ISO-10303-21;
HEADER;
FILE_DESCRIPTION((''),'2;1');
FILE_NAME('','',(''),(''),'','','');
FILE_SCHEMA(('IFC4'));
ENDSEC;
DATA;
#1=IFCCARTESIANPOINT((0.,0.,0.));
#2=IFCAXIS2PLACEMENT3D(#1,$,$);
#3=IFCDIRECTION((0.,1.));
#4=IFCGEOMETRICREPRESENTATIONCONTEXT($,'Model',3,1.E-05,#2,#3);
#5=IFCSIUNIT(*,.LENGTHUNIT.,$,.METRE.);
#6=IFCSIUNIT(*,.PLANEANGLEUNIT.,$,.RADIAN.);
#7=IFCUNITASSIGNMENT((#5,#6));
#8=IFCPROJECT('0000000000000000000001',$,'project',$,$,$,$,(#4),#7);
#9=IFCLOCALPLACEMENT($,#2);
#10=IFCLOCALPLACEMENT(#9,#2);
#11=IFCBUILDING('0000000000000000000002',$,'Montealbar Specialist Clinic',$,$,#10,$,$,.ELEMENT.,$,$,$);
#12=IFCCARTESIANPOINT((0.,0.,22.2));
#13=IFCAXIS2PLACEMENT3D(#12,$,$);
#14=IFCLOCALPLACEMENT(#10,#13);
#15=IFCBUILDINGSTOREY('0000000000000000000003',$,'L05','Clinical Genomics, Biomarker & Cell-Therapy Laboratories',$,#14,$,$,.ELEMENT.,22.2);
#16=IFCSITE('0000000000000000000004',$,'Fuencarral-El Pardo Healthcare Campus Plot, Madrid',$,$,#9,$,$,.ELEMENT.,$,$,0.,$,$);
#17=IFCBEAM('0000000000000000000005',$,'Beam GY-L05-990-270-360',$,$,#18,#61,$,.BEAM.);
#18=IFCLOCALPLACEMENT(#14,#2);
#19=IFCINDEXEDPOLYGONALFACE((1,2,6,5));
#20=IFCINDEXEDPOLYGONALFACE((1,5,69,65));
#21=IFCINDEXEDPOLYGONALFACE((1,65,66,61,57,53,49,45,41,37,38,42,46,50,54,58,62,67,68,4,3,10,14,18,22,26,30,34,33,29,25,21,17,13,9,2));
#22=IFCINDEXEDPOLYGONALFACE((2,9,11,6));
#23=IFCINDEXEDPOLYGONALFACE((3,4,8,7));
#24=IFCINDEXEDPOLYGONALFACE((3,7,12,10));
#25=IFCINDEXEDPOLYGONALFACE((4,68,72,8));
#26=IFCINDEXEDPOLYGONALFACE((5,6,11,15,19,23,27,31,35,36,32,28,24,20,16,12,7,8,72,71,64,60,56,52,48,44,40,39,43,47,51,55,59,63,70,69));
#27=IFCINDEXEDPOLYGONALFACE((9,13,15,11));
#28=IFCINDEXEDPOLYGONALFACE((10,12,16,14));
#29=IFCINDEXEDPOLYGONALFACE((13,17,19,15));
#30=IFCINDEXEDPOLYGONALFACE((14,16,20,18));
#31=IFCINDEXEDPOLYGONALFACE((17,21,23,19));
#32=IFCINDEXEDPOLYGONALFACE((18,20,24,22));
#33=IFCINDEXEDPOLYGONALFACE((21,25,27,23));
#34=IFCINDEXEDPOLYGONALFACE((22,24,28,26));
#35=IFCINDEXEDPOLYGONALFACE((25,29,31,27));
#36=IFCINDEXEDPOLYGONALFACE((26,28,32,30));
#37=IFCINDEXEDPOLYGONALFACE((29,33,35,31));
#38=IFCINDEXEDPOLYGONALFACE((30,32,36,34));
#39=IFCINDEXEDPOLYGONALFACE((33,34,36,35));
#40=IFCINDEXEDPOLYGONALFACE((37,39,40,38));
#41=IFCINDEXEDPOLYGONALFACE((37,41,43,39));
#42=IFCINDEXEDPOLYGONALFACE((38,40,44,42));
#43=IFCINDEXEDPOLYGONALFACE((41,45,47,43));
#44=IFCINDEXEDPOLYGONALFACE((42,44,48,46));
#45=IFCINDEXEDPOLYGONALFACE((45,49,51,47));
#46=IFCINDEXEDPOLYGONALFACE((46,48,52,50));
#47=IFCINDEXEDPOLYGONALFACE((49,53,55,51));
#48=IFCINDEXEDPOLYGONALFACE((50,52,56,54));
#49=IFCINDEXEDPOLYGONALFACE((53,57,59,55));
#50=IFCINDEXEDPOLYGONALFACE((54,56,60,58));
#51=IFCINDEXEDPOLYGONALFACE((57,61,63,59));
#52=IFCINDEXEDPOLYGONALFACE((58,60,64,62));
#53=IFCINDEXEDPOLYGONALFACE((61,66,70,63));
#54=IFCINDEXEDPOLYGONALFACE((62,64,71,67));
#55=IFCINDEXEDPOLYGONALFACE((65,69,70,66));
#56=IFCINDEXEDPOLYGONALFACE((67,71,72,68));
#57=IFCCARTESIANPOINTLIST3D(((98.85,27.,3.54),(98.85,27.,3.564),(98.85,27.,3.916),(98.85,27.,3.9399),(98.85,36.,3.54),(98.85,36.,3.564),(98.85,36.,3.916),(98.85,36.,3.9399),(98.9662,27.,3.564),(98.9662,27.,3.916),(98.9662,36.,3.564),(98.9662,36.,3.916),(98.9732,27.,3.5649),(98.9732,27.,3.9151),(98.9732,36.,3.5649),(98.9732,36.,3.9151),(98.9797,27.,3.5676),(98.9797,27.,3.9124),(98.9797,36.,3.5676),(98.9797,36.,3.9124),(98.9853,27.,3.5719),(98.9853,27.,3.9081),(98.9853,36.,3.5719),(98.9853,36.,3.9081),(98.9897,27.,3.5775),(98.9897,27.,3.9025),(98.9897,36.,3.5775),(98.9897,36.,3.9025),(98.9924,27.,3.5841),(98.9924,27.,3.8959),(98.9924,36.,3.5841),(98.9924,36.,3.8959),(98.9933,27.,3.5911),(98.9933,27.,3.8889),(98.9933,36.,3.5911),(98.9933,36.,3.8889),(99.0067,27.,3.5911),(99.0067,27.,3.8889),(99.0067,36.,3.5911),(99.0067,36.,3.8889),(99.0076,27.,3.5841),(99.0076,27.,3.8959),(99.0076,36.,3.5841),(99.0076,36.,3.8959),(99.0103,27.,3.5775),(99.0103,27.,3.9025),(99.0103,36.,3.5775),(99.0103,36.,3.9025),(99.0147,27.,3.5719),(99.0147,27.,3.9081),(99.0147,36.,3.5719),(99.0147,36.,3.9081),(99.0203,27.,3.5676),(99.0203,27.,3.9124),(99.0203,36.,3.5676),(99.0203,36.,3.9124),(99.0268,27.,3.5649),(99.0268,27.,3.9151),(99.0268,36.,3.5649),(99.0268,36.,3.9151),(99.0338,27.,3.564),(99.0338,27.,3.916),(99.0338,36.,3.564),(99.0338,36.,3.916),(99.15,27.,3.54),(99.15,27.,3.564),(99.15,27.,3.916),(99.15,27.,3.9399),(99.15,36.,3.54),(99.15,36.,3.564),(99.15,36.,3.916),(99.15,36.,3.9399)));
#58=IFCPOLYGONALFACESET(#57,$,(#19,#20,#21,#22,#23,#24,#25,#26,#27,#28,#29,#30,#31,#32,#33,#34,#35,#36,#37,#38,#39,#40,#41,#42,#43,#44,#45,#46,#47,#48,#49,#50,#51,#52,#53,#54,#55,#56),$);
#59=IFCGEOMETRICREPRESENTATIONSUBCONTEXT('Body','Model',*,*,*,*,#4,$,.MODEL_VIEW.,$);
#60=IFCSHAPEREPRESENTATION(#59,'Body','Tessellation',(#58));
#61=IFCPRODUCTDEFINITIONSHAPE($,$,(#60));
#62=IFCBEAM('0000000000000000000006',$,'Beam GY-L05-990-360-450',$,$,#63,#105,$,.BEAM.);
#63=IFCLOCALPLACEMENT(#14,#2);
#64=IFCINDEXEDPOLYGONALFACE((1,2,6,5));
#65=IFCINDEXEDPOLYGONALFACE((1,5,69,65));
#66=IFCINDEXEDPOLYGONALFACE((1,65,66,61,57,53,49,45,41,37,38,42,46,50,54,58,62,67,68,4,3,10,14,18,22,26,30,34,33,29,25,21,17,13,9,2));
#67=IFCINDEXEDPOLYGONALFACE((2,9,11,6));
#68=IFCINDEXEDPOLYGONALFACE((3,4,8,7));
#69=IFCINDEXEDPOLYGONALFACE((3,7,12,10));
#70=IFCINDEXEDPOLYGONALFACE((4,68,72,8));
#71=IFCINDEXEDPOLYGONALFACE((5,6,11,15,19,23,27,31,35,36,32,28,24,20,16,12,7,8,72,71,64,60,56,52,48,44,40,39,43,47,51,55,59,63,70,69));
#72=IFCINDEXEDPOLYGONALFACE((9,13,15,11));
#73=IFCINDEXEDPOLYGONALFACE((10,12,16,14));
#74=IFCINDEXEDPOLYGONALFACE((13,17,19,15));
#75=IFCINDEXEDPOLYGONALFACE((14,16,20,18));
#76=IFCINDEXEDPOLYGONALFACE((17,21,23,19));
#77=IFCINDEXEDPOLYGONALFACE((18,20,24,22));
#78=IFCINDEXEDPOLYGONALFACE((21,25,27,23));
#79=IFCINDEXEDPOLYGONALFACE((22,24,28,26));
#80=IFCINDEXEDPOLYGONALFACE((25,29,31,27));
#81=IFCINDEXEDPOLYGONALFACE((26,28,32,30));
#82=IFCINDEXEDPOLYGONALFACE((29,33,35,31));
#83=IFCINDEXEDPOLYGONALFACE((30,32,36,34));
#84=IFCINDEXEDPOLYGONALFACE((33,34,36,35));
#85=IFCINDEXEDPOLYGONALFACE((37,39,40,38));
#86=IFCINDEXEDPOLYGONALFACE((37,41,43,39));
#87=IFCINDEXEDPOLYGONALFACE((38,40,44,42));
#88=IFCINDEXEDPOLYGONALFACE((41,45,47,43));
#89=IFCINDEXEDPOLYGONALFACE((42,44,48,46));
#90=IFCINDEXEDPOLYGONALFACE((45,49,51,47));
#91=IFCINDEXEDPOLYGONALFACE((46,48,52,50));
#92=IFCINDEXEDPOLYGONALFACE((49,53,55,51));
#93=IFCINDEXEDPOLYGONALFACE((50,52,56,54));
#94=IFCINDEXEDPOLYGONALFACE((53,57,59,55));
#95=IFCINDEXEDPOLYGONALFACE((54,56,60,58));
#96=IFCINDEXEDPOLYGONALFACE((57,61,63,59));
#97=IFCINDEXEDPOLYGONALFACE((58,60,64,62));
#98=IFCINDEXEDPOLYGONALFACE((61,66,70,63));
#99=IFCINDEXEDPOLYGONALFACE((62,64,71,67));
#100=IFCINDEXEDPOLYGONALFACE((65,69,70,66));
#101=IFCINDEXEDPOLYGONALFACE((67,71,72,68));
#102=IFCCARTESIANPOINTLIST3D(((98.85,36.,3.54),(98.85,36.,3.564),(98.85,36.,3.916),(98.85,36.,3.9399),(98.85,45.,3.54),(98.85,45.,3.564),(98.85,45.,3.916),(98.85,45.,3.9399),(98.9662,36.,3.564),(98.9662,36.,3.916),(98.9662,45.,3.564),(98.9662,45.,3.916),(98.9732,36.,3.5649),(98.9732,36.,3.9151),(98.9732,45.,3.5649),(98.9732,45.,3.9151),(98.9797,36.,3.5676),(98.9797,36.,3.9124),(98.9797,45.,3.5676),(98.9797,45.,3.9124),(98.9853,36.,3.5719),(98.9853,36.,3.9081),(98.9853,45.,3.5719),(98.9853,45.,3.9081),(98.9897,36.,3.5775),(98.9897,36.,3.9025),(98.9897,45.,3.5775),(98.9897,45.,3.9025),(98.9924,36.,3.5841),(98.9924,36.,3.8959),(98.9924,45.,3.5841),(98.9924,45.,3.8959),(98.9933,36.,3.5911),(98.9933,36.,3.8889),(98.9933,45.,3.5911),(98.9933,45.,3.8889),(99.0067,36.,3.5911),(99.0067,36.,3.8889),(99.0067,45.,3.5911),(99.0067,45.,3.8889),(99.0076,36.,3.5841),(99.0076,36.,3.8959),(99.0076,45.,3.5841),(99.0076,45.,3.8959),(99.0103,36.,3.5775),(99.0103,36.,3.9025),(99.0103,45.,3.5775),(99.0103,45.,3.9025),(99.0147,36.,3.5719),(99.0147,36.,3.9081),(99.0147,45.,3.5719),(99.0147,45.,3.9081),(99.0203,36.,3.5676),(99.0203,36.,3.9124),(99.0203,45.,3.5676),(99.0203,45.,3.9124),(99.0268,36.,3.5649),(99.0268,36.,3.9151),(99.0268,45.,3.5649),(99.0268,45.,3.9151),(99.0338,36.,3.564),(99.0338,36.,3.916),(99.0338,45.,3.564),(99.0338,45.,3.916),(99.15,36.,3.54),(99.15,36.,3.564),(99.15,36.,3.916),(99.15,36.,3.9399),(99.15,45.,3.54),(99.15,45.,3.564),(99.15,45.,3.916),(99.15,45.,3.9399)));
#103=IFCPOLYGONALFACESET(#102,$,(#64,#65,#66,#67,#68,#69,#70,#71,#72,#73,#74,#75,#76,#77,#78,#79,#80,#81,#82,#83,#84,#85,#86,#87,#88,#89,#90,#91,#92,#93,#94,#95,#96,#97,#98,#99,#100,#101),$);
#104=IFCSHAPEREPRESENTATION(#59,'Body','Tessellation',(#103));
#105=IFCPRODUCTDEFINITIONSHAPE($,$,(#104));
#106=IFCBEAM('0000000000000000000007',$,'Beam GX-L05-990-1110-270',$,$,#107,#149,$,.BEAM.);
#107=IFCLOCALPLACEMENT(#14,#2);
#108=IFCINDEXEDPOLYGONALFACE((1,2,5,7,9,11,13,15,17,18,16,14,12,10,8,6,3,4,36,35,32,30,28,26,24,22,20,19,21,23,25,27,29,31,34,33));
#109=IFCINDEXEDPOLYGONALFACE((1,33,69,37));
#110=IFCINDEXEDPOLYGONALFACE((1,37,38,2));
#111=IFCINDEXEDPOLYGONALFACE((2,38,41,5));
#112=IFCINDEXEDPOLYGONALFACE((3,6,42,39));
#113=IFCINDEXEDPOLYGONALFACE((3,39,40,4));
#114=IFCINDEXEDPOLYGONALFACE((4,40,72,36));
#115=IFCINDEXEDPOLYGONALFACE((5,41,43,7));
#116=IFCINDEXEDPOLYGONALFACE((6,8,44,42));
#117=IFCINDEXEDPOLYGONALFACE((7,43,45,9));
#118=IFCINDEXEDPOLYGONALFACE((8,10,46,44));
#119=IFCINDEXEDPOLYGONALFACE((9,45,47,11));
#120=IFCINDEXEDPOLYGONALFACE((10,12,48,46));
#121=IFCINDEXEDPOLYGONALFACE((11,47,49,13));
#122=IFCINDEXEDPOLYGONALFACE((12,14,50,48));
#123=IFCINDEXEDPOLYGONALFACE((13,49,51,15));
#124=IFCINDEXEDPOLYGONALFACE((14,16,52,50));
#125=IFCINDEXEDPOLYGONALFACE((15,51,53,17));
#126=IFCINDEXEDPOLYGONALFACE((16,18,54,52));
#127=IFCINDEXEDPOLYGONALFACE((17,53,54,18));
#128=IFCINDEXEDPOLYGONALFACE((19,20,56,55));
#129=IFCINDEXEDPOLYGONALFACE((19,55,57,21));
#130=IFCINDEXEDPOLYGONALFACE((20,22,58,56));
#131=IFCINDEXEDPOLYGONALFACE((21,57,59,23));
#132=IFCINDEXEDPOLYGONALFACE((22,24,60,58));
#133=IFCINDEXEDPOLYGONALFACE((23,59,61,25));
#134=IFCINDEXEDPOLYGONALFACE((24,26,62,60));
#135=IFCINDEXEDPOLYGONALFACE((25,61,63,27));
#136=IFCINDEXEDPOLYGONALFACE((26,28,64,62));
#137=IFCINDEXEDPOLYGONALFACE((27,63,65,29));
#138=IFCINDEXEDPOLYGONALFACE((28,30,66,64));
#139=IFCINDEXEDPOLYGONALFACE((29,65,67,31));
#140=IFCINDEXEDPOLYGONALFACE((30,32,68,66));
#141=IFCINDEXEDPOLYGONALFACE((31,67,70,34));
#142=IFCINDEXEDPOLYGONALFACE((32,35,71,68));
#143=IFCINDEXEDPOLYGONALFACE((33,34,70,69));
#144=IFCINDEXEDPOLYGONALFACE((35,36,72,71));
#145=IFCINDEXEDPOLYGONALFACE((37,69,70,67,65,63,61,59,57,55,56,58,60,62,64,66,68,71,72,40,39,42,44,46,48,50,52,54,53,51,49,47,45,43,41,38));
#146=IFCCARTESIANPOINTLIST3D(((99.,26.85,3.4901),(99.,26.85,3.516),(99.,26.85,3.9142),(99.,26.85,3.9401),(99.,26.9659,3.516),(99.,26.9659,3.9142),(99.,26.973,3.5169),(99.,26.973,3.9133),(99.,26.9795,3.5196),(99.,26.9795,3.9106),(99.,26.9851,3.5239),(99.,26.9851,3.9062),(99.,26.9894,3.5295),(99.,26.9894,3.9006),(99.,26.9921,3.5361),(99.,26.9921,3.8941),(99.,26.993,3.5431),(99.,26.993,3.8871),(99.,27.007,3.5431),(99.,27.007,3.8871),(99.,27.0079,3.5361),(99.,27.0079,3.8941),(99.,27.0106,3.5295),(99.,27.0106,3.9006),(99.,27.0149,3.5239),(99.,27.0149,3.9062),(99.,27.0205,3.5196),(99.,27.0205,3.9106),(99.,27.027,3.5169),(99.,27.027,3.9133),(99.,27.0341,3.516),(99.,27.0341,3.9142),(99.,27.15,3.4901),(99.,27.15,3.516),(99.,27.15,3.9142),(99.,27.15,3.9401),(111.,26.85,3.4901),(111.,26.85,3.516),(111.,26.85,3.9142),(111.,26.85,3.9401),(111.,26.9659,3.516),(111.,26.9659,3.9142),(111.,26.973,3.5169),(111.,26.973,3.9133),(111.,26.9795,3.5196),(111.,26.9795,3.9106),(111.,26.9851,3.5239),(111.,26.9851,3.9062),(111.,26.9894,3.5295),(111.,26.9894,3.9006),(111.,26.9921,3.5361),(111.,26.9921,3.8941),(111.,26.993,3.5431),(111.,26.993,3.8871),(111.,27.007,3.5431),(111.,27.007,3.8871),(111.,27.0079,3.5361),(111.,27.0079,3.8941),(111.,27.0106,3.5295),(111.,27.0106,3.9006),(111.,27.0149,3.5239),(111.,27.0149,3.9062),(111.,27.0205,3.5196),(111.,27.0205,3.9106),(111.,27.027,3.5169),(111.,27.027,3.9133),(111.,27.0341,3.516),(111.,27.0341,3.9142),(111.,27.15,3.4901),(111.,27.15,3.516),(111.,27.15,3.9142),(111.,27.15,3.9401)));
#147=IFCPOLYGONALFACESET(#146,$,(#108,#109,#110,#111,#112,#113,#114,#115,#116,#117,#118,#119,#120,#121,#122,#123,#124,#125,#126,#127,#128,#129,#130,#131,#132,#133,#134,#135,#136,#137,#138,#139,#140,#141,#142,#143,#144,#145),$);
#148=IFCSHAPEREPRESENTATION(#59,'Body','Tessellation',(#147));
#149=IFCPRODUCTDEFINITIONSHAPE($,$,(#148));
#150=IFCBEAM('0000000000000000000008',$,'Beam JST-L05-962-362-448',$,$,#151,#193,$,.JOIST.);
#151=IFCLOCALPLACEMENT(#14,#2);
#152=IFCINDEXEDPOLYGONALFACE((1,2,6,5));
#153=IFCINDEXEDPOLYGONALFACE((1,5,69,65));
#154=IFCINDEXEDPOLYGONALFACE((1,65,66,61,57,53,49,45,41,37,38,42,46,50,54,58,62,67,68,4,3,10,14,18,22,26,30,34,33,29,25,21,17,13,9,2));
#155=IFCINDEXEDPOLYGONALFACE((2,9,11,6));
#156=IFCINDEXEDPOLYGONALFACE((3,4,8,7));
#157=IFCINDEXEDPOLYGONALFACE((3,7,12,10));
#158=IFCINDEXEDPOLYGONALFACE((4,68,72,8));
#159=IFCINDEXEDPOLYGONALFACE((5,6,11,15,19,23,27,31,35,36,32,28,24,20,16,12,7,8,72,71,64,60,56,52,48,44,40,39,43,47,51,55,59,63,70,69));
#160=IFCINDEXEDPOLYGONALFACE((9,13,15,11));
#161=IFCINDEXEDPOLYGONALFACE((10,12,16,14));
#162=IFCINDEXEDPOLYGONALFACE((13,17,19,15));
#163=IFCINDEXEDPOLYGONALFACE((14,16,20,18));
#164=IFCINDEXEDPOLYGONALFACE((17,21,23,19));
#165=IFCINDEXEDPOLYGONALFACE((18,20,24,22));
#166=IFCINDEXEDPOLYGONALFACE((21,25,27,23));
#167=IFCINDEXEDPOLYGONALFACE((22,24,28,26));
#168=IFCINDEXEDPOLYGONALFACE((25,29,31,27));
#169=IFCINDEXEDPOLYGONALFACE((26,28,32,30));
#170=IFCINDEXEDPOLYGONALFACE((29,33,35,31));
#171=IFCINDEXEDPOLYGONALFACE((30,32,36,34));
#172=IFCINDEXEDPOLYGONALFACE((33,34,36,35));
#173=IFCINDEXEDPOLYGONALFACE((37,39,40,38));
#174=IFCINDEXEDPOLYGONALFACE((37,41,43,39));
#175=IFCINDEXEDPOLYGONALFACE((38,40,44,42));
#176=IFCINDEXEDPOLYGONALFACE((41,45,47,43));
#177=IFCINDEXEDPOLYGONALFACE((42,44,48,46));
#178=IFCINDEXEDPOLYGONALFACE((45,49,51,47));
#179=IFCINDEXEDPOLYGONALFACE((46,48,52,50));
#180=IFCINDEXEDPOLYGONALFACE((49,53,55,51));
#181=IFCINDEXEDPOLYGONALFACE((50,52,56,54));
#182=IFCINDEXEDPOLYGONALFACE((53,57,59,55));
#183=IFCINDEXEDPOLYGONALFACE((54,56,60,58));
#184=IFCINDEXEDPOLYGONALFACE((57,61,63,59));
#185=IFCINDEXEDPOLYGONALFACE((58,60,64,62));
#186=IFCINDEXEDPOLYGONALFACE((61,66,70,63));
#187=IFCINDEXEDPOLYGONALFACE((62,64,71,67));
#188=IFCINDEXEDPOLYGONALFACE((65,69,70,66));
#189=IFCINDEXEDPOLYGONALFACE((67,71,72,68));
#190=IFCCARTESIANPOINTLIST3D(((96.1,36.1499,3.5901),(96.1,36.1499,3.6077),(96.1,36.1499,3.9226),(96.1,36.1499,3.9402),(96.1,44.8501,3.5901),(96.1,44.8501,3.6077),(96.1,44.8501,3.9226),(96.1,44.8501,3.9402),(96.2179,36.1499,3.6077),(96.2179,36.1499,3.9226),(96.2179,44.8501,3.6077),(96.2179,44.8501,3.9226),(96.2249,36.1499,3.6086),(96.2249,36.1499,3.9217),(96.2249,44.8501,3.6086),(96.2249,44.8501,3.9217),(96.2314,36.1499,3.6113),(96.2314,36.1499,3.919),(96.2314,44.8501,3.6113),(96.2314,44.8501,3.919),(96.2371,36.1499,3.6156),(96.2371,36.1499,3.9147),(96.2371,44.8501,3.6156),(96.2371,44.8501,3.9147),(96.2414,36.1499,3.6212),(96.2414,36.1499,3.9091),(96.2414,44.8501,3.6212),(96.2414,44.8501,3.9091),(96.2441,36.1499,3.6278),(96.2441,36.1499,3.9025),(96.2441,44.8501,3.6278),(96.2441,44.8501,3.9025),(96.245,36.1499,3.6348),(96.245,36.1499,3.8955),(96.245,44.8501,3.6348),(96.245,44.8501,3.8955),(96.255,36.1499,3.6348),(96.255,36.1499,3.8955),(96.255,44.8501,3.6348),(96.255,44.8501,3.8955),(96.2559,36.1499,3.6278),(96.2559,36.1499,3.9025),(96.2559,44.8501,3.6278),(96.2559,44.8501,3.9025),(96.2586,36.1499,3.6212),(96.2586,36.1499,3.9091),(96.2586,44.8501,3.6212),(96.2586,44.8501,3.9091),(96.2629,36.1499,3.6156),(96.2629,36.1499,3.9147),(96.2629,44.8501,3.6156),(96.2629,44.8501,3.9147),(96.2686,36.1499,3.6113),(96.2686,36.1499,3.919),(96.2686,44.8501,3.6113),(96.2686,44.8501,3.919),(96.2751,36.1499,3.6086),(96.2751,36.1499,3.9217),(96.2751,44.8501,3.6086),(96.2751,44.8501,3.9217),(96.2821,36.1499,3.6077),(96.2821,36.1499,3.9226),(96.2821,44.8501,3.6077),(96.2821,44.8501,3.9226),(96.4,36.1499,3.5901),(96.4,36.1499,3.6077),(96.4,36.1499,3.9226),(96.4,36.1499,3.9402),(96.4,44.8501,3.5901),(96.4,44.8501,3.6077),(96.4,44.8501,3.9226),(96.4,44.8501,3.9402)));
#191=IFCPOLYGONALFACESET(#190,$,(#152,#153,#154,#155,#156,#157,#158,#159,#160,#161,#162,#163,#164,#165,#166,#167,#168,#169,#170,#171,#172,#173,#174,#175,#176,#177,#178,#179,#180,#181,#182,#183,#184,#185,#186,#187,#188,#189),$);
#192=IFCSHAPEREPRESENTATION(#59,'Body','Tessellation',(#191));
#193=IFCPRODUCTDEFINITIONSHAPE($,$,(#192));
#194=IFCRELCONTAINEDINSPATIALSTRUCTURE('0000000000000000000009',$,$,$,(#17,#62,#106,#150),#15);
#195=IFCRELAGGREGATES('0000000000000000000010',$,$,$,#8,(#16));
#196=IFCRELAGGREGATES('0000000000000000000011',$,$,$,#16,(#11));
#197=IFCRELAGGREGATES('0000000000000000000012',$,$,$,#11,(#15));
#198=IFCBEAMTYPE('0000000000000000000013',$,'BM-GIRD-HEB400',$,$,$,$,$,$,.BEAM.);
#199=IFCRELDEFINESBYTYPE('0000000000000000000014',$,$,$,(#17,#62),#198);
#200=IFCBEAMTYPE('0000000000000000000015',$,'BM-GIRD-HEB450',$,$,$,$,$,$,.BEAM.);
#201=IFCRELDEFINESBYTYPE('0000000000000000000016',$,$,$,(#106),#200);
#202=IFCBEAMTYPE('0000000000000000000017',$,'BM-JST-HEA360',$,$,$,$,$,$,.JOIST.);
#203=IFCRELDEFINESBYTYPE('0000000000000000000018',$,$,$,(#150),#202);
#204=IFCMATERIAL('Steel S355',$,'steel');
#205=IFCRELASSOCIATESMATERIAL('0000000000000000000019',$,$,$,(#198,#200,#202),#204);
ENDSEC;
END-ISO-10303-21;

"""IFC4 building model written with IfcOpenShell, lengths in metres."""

from ifc_helpers import new_model, si_unit, direction, frame, origin, origin_2d, place, context, subcontext, project, spatial, i_section, extrude, material, material_profile, profile_set, type_object, element, save


model = new_model("IFC4")

# Units and contexts
model_context = context("Model", 3, precision=1e-05, world=origin(), true_north=direction((0.0, 1.0)))
body_context = subcontext(model_context, "Body", "Model", "MODEL_VIEW")
ifc_project = project(units=[si_unit("LENGTHUNIT", "METRE"), si_unit("PLANEANGLEUNIT", "RADIAN")], contexts=[model_context])

# Site, building, storey
site_placement = place(None, origin())
site = spatial("IfcSite", under=ifc_project, at=site_placement, Name="Fuencarral-El Pardo Healthcare Campus Plot, Madrid", CompositionType="ELEMENT", RefElevation=0.0)
building_placement = place(site_placement, origin())
building = spatial("IfcBuilding", under=site, at=building_placement, Name="Montealbar Specialist Clinic", CompositionType="ELEMENT")
storey_placement = place(building_placement, frame((0.0, 0.0, 22.2)))
storey = spatial("IfcBuildingStorey", under=building, at=storey_placement, Name="L05", Description="Clinical Genomics, Biomarker & Cell-Therapy Laboratories", CompositionType="ELEMENT", Elevation=22.2)

# Shared definitions
ifc_material_1 = material(Name="Steel S355", Category="steel")

# Beams
ifc_material_profile_1 = material_profile(ifc_material_1, i_section(OverallWidth=0.3, OverallDepth=0.3999, WebThickness=0.0134, FlangeThickness=0.0239, FilletRadius=0.0271, at=origin_2d()), Name="HEB 400", Category="steel")
ifc_profile_set_1 = profile_set([ifc_material_profile_1], Name="Steel S355")
beam_type_1 = type_object("IfcBeamType", Name="BM-GIRD-HEB400", PredefinedType="BEAM", material=ifc_profile_set_1)
for number, where, z_axis, x_axis, name in (
    (1, (99.0, 27.0, 3.74), (0.0, 1.0, 0.0), (-1.0, 0.0, 0.0), "Beam GY-L05-990-270-360"),
    (2, (99.0, 36.0, 3.74), (0.0, 1.0, 0.0), (-1.0, 0.0, 0.0), "Beam GY-L05-990-360-450"),
):
    element("IfcBeam", number, at=place(storey_placement, frame(where, z_axis=z_axis, x_axis=x_axis)), inside=storey, type_object=beam_type_1, Name=name, PredefinedType="BEAM", context=body_context, shape_type="SweptSolid", body=[
        extrude(i_section(OverallWidth=0.3, OverallDepth=0.3999, WebThickness=0.0134, FlangeThickness=0.0239, FilletRadius=0.0271, at=origin_2d()), origin(), (0.0, 0.0, 1.0), 9.0),
    ])
ifc_material_profile_2 = material_profile(ifc_material_1, i_section(OverallWidth=0.3, OverallDepth=0.45, WebThickness=0.0139, FlangeThickness=0.0259, FilletRadius=0.0271, at=origin_2d()), Name="HEB 450", Category="steel")
ifc_profile_set_2 = profile_set([ifc_material_profile_2], Name="Steel S355")
beam_type_2 = type_object("IfcBeamType", Name="BM-GIRD-HEB450", PredefinedType="BEAM", material=ifc_profile_set_2)
beam_1_placement = place(storey_placement, frame((99.0, 27.0, 3.7151), z_axis=(1.0, 0.0, 0.0), x_axis=(0.0, 1.0, 0.0)))
element("IfcBeam", 3, at=beam_1_placement, inside=storey, type_object=beam_type_2, Name="Beam GX-L05-990-1110-270", PredefinedType="BEAM", context=body_context, shape_type="SweptSolid", body=[
    extrude(i_section(OverallWidth=0.3, OverallDepth=0.45, WebThickness=0.0139, FlangeThickness=0.0259, FilletRadius=0.0271, at=origin_2d()), origin(), (0.0, 0.0, 1.0), 12.0),
])
ifc_material_profile_3 = material_profile(ifc_material_1, i_section(OverallWidth=0.3, OverallDepth=0.3501, WebThickness=0.01, FlangeThickness=0.0176, FilletRadius=0.0271, at=origin_2d()), Name="HEA 360", Category="steel")
ifc_profile_set_3 = profile_set([ifc_material_profile_3], Name="Steel S355")
beam_type_3 = type_object("IfcBeamType", Name="BM-JST-HEA360", PredefinedType="JOIST", material=ifc_profile_set_3)
beam_2_placement = place(storey_placement, frame((96.25, 36.1499, 3.7651), z_axis=(0.0, 1.0, 0.0), x_axis=(-1.0, 0.0, 0.0)))
element("IfcBeam", 4, at=beam_2_placement, inside=storey, type_object=beam_type_3, Name="Beam JST-L05-962-362-448", PredefinedType="JOIST", context=body_context, shape_type="SweptSolid", body=[
    extrude(i_section(OverallWidth=0.3, OverallDepth=0.3501, WebThickness=0.01, FlangeThickness=0.0176, FilletRadius=0.0271, at=origin_2d()), origin(), (0.0, 0.0, 1.0), 8.7002),
])

save(model, "model.ifc")
